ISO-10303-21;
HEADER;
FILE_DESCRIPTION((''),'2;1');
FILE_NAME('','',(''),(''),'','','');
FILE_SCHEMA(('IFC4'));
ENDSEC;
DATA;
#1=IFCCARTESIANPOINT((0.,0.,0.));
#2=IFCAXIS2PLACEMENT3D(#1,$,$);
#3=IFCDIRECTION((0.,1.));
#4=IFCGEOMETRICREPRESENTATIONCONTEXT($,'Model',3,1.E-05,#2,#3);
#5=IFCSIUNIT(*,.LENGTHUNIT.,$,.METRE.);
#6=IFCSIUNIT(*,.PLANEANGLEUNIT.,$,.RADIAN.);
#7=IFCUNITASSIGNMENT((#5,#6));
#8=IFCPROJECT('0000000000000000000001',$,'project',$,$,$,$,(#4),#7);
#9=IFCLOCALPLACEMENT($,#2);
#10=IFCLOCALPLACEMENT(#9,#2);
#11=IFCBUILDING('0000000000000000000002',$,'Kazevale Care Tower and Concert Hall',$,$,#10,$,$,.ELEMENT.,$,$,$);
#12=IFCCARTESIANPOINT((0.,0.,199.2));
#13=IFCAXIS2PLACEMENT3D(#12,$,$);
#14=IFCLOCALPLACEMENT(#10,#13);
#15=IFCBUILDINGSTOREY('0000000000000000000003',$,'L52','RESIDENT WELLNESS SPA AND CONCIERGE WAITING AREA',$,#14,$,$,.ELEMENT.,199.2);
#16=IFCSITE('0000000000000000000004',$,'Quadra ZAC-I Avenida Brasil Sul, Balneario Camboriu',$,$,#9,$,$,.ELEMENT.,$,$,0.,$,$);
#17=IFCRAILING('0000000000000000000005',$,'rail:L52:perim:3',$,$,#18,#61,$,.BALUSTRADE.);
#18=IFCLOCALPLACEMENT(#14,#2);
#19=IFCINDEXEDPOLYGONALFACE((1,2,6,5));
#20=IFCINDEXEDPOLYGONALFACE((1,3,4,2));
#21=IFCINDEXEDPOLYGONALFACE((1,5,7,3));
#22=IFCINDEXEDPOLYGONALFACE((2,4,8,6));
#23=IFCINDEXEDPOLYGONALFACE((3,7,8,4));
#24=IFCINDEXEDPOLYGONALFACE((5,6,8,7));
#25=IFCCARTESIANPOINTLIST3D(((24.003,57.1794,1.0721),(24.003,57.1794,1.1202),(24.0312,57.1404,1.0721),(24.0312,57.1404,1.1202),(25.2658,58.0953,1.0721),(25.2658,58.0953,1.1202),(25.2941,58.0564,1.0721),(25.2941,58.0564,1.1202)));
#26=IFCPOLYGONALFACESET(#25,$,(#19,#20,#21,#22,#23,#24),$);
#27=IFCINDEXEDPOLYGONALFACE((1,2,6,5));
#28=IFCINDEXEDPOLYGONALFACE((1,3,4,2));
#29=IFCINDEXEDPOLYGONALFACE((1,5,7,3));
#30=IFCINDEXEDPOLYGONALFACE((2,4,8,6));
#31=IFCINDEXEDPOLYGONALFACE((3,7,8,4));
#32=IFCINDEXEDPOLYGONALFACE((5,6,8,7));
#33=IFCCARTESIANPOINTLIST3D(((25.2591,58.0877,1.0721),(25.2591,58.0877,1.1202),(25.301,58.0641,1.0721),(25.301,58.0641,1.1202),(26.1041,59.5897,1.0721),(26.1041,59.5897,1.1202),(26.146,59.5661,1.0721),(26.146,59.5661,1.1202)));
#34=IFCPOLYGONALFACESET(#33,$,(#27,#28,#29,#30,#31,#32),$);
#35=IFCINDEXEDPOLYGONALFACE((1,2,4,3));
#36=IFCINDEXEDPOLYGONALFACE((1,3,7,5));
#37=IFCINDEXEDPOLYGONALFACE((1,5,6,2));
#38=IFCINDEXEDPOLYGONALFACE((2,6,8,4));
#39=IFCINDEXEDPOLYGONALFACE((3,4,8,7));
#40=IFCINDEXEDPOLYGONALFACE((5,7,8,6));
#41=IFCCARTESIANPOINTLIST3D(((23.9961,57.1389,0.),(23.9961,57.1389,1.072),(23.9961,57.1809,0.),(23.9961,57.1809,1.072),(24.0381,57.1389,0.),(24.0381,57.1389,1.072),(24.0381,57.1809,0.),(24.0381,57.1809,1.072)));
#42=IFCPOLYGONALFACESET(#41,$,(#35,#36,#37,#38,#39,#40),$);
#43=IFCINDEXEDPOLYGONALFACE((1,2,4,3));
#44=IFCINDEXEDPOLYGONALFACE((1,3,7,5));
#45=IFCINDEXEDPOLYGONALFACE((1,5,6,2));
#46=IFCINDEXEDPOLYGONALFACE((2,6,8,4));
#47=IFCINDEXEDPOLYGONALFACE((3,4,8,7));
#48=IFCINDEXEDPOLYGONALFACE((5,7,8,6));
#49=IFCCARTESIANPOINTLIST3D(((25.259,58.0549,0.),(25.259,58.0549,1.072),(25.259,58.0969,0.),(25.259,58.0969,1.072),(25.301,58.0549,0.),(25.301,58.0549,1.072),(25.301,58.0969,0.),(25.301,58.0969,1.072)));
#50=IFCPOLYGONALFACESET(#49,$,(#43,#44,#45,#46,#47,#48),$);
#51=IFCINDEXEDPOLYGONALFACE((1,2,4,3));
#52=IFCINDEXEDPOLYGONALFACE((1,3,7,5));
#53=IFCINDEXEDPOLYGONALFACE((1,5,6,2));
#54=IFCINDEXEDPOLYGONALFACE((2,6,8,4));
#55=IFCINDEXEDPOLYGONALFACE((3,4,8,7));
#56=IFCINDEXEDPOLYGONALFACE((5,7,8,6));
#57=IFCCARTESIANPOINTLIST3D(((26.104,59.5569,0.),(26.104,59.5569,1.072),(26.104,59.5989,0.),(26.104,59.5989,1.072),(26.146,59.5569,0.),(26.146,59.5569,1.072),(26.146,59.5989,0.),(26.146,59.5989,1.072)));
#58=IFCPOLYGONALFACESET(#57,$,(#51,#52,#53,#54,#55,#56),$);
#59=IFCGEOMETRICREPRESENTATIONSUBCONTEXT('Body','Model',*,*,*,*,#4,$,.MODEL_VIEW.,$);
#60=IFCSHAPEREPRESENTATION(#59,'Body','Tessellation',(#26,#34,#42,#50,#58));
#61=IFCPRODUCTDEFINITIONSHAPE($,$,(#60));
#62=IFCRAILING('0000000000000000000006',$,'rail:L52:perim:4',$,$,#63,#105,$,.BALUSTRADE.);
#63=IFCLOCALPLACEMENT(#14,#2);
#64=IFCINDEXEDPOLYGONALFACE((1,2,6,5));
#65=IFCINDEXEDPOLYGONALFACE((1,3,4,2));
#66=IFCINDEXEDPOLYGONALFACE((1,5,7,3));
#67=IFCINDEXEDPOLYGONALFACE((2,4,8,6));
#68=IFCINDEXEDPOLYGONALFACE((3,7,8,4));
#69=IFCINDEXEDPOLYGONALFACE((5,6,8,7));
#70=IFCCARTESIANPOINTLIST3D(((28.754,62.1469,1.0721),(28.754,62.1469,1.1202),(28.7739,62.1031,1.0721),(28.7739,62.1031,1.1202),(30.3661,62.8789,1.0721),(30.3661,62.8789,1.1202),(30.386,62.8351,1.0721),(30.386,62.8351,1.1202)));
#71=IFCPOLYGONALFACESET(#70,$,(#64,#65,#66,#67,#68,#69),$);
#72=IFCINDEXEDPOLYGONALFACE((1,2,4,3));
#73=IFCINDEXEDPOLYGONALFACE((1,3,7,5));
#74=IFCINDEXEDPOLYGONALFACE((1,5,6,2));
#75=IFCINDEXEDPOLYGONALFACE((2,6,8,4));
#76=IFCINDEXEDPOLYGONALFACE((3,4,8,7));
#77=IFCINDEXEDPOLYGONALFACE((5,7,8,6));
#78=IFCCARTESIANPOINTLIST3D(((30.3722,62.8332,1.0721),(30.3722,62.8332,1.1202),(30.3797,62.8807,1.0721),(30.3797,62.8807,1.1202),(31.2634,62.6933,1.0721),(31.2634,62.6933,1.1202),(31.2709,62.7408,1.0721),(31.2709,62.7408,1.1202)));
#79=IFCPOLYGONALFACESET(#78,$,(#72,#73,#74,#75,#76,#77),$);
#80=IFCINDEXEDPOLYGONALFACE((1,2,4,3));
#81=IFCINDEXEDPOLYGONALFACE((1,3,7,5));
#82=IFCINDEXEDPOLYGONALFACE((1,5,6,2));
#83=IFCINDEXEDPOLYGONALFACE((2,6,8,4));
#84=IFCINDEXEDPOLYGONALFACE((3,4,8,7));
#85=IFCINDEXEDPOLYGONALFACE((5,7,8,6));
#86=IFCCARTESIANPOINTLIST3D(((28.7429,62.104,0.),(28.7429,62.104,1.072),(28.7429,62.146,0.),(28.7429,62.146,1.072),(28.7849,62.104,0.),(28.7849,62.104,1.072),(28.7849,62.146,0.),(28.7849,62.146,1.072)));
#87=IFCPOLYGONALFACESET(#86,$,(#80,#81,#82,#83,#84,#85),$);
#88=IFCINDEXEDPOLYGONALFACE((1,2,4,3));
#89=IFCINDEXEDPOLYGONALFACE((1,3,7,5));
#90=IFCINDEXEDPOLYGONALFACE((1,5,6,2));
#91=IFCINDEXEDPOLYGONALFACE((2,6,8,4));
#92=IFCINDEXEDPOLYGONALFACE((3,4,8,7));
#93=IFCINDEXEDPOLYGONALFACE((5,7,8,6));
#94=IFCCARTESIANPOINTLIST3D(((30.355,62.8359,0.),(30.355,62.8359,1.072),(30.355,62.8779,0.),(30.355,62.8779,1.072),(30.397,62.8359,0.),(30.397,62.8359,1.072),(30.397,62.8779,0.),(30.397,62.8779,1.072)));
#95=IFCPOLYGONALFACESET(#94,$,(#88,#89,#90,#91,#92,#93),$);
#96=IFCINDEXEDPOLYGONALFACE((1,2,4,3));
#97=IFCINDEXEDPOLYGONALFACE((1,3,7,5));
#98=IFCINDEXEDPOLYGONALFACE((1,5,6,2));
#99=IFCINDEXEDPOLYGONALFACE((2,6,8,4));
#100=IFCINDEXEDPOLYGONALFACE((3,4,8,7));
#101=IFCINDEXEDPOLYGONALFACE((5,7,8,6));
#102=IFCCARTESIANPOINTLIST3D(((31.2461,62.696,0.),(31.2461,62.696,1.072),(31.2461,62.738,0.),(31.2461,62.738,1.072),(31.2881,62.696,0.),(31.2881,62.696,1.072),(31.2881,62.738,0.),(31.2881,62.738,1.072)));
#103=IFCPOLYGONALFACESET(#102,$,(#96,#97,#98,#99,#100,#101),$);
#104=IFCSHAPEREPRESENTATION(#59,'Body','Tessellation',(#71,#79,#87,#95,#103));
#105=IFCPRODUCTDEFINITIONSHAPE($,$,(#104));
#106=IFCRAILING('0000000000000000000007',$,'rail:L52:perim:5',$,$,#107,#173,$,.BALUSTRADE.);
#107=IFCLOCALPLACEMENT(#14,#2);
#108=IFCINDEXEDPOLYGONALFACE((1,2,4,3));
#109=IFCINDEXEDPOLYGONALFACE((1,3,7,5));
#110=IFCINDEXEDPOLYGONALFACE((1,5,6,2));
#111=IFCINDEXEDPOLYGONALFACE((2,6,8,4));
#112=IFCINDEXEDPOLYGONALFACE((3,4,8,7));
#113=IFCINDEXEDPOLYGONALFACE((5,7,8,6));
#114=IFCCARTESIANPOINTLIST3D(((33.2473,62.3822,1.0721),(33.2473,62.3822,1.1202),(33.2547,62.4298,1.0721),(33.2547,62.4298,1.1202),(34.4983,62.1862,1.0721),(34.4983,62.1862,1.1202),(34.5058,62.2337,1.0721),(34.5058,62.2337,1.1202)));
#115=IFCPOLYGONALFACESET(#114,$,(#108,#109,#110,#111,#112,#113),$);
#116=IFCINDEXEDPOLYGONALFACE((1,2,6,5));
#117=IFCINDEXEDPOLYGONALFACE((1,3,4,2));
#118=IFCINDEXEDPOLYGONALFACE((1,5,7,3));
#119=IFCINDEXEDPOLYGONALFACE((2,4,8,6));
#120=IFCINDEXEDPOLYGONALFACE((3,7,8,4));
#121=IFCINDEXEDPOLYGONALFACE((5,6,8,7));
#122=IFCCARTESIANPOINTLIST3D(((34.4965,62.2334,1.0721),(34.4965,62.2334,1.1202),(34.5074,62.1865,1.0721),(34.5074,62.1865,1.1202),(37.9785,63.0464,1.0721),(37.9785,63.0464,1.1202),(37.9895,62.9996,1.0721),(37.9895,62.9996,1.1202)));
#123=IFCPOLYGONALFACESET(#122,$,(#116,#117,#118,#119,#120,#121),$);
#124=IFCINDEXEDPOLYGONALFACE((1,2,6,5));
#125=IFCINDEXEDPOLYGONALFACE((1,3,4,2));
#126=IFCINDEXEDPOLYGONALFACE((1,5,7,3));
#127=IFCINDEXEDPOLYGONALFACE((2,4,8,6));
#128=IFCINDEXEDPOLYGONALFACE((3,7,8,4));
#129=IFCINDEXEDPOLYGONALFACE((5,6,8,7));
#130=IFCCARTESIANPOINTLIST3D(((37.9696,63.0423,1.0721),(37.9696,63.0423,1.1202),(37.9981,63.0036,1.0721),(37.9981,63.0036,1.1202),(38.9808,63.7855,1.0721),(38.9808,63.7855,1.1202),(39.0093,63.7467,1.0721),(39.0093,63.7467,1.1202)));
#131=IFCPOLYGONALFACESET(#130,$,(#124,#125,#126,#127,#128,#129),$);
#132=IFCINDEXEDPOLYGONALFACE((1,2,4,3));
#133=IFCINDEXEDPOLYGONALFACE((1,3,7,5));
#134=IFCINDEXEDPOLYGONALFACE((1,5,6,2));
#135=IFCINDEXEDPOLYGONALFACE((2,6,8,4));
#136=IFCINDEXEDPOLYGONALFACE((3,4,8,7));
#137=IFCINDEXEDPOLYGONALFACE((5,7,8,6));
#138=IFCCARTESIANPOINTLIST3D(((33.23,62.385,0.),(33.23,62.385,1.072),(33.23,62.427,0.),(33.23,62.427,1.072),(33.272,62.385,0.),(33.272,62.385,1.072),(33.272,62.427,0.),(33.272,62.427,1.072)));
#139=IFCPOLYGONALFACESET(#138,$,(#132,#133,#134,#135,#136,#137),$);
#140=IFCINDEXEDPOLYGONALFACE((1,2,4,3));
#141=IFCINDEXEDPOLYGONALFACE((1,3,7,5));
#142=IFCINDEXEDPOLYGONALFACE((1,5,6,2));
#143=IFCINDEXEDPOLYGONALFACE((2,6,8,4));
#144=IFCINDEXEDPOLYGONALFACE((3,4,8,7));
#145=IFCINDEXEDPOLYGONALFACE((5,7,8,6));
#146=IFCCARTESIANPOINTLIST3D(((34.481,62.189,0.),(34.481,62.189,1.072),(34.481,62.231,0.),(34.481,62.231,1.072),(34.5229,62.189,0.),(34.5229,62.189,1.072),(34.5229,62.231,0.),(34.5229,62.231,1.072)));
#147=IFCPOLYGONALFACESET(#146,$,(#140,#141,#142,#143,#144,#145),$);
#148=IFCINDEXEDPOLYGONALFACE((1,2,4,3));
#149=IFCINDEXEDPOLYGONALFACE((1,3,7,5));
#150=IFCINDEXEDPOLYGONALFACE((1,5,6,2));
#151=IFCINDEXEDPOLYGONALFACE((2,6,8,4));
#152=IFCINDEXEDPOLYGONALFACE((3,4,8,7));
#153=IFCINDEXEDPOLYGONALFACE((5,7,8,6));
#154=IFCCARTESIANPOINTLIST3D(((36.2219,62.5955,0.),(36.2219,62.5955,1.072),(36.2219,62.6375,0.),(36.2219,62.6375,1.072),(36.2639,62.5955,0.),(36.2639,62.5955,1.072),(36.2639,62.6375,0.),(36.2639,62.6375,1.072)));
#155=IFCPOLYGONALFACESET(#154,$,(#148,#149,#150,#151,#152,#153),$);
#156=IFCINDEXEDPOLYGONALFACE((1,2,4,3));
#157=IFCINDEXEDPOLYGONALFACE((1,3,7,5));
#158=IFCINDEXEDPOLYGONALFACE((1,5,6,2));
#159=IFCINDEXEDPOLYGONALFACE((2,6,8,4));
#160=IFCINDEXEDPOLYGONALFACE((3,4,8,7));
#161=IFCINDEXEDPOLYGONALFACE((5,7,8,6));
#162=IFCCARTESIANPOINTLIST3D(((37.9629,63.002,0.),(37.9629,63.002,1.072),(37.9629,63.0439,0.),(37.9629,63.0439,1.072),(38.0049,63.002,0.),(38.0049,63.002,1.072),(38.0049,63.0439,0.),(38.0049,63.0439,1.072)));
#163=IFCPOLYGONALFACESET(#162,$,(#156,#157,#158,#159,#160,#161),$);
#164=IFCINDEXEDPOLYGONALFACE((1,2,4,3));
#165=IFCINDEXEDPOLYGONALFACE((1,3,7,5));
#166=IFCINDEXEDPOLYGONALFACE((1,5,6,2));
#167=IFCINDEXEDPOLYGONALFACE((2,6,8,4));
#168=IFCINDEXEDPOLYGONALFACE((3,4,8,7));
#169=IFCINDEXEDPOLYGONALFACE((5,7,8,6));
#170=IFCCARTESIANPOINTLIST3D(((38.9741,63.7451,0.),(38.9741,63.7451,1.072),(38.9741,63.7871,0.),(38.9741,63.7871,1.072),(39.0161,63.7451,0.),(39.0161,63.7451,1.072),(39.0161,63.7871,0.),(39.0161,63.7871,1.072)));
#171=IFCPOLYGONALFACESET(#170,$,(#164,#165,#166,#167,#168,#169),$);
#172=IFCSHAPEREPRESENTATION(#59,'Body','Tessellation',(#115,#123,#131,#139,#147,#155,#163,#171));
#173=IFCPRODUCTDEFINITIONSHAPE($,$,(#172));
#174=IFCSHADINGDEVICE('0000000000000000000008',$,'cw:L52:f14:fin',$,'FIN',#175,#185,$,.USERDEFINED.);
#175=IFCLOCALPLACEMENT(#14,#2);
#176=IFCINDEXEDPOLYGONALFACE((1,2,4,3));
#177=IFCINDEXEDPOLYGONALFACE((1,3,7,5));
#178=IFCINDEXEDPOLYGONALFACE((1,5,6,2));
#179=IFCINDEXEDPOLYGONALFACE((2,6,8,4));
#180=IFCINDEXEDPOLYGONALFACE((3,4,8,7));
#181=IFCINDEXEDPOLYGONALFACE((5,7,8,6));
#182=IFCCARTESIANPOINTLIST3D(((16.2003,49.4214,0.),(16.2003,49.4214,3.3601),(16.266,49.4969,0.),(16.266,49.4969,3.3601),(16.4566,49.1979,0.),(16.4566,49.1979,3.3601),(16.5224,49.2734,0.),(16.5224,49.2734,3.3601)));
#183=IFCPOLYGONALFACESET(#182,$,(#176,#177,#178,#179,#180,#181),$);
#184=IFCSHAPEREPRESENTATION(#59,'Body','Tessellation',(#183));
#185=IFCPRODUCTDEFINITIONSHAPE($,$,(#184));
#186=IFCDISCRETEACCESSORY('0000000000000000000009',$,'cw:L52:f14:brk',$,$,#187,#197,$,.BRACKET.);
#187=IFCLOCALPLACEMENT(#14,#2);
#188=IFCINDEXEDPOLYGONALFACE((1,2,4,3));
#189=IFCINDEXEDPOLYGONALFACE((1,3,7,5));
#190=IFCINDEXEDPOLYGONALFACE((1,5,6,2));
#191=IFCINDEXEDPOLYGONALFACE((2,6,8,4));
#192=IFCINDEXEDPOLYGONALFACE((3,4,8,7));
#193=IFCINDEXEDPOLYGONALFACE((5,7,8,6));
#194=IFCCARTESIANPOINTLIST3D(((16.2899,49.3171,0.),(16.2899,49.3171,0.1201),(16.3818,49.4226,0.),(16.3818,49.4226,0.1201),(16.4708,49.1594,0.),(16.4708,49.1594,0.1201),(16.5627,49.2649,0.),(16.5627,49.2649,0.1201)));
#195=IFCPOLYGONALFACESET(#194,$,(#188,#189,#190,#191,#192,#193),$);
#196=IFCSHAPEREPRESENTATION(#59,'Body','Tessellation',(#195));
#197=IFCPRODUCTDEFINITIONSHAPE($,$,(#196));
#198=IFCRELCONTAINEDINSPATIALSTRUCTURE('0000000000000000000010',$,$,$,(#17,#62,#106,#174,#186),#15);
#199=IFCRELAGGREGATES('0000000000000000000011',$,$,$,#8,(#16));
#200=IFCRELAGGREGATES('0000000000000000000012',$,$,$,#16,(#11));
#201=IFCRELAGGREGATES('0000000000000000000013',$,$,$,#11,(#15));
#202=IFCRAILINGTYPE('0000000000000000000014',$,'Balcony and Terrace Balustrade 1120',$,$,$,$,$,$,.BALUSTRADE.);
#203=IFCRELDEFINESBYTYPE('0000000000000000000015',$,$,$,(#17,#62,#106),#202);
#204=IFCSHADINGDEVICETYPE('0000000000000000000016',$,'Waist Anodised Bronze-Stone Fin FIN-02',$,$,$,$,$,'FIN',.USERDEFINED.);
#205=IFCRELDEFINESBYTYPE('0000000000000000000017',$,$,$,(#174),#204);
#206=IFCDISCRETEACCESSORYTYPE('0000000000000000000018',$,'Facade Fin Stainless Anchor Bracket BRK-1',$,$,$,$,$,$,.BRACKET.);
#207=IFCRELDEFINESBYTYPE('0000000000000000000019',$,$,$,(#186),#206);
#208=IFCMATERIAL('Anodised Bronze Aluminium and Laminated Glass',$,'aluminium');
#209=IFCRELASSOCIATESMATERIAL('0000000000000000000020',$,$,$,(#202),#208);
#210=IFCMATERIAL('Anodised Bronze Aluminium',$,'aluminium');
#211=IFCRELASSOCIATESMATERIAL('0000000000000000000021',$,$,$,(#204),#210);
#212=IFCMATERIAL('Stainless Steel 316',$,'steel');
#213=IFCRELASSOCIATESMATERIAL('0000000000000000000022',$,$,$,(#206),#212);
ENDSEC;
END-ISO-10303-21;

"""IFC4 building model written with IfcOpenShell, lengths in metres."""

from ifc_helpers import new_model, si_unit, direction, frame, origin, origin_2d, place, context, subcontext, project, spatial, rectangle, extrude, material, type_object, element, save


model = new_model("IFC4")

# Units and contexts
model_context = context("Model", 3, precision=1e-05, world=origin(), true_north=direction((0.0, 1.0)))
body_context = subcontext(model_context, "Body", "Model", "MODEL_VIEW")
ifc_project = project(units=[si_unit("LENGTHUNIT", "METRE"), si_unit("PLANEANGLEUNIT", "RADIAN")], contexts=[model_context])

# Site, building, storey
site_placement = place(None, origin())
site = spatial("IfcSite", under=ifc_project, at=site_placement, Name="Quadra ZAC-I Avenida Brasil Sul, Balneario Camboriu", CompositionType="ELEMENT", RefElevation=0.0)
building_placement = place(site_placement, origin())
building = spatial("IfcBuilding", under=site, at=building_placement, Name="Kazevale Care Tower and Concert Hall", CompositionType="ELEMENT")
storey_placement = place(building_placement, frame((0.0, 0.0, 199.2)))
storey = spatial("IfcBuildingStorey", under=building, at=storey_placement, Name="L52", Description="RESIDENT WELLNESS SPA AND CONCIERGE WAITING AREA", CompositionType="ELEMENT", Elevation=199.2)

# Railings
ifc_material_1 = material(Name="Anodised Bronze Aluminium and Laminated Glass", Category="aluminium")
railing_type = type_object("IfcRailingType", Name="Balcony and Terrace Balustrade 1120", PredefinedType="BALUSTRADE", material=ifc_material_1)
railing_1_placement = place(storey_placement, frame((24.0171, 57.1599, 0.0)))
element("IfcRailing", 1, at=railing_1_placement, inside=storey, type_object=railing_type, Name="rail:L52:perim:3", PredefinedType="BALUSTRADE", context=body_context, shape_type="SweptSolid", body=[
    extrude(rectangle(XDim=0.0481, YDim=0.0481, at=origin_2d()), frame((0.0, 0.0, 1.0962), z_axis=(0.809493, 0.587129, 0.0), x_axis=(-0.587129, 0.809493, 0.0)), (0.0, 0.0, 1.0), 1.5601),
    extrude(rectangle(XDim=0.0481, YDim=0.0481, at=origin_2d()), frame((1.2629, 0.916, 1.0962), z_axis=(0.490315, 0.871545, 0.0), x_axis=(-0.871545, 0.490315, 0.0)), (0.0, 0.0, 1.0), 1.7234),
    extrude(rectangle(XDim=0.042, YDim=0.042, at=origin_2d()), origin(), (0.0, 0.0, 1.0), 1.072),
    extrude(rectangle(XDim=0.042, YDim=0.042, at=origin_2d()), frame((1.2629, 0.916, 0.0)), (0.0, 0.0, 1.0), 1.072),
    extrude(rectangle(XDim=0.042, YDim=0.042, at=origin_2d()), frame((2.1079, 2.418, 0.0)), (0.0, 0.0, 1.0), 1.072),
])
railing_2_placement = place(storey_placement, frame((28.7639, 62.125, 0.0)))
element("IfcRailing", 2, at=railing_2_placement, inside=storey, type_object=railing_type, Name="rail:L52:perim:4", PredefinedType="BALUSTRADE", context=body_context, shape_type="SweptSolid", body=[
    extrude(rectangle(XDim=0.0481, YDim=0.0481, at=origin_2d()), frame((0.0, 0.0, 1.0962), z_axis=(0.910541, 0.413418, 0.0), x_axis=(-0.413418, 0.910541, 0.0)), (0.0, 0.0, 1.0), 1.7705),
    extrude(rectangle(XDim=0.0481, YDim=0.0481, at=origin_2d()), frame((1.6121, 0.7319, 1.0962), z_axis=(0.987901, -0.155087, 0.0), x_axis=(0.155087, 0.987901, 0.0)), (0.0, 0.0, 1.0), 0.9021),
    extrude(rectangle(XDim=0.042, YDim=0.042, at=origin_2d()), origin(), (0.0, 0.0, 1.0), 1.072),
    extrude(rectangle(XDim=0.042, YDim=0.042, at=origin_2d()), frame((1.6121, 0.7319, 0.0)), (0.0, 0.0, 1.0), 1.072),
    extrude(rectangle(XDim=0.042, YDim=0.042, at=origin_2d()), frame((2.5032, 0.592, 0.0)), (0.0, 0.0, 1.0), 1.072),
])
railing_3_placement = place(storey_placement, frame((33.251, 62.406, 0.0)))
element("IfcRailing", 3, at=railing_3_placement, inside=storey, type_object=railing_type, Name="rail:L52:perim:5", PredefinedType="BALUSTRADE", context=body_context, shape_type="SweptSolid", body=[
    extrude(rectangle(XDim=0.0481, YDim=0.0481, at=origin_2d()), frame((0.0, 0.0, 1.0962), z_axis=(0.987942, -0.154824, 0.0), x_axis=(0.154824, 0.987942, 0.0)), (0.0, 0.0, 1.0), 1.2664),
    extrude(rectangle(XDim=0.0481, YDim=0.0481, at=origin_2d()), frame((1.251, -0.196, 1.0962), z_axis=(0.973808, 0.227372, 0.0), x_axis=(-0.227372, 0.973808, 0.0)), (0.0, 0.0, 1.0), 3.5757),
    extrude(rectangle(XDim=0.0481, YDim=0.0481, at=origin_2d()), frame((4.7329, 0.6169, 1.0962), z_axis=(0.805798, 0.59219, 0.0), x_axis=(-0.59219, 0.805798, 0.0)), (0.0, 0.0, 1.0), 1.2549),
    extrude(rectangle(XDim=0.042, YDim=0.042, at=origin_2d()), origin(), (0.0, 0.0, 1.0), 1.072),
    extrude(rectangle(XDim=0.042, YDim=0.042, at=origin_2d()), frame((1.251, -0.196, 0.0)), (0.0, 0.0, 1.0), 1.072),
    extrude(rectangle(XDim=0.042, YDim=0.042, at=origin_2d()), frame((2.9919, 0.2104, 0.0)), (0.0, 0.0, 1.0), 1.072),
    extrude(rectangle(XDim=0.042, YDim=0.042, at=origin_2d()), frame((4.7329, 0.6169, 0.0)), (0.0, 0.0, 1.0), 1.072),
    extrude(rectangle(XDim=0.042, YDim=0.042, at=origin_2d()), frame((5.7441, 1.3601, 0.0)), (0.0, 0.0, 1.0), 1.072),
])

# Shading device
ifc_material_2 = material(Name="Anodised Bronze Aluminium", Category="aluminium")
shading_device_type = type_object("IfcShadingDeviceType", Name="Waist Anodised Bronze-Stone Fin FIN-02", ElementType="FIN", PredefinedType="USERDEFINED", material=ifc_material_2)
shading_device_placement = place(storey_placement, frame((16.3613, 49.3474, 0.0), z_axis=(0.0, 0.0, 1.0), x_axis=(-0.753793, 0.657112, 0.0)))
element("IfcShadingDevice", 4, at=shading_device_placement, inside=storey, type_object=shading_device_type, Name="cw:L52:f14:fin", ObjectType="FIN", PredefinedType="USERDEFINED", context=body_context, shape_type="SweptSolid", body=[
    extrude(rectangle(XDim=0.3401, YDim=0.1001, at=origin_2d()), origin(), (0.0, 0.0, 1.0), 3.3601),
])

# Discrete accessory
ifc_material_3 = material(Name="Stainless Steel 316", Category="steel")
discrete_accessory_type = type_object("IfcDiscreteAccessoryType", Name="Facade Fin Stainless Anchor Bracket BRK-1", PredefinedType="BRACKET", material=ifc_material_3)
discrete_accessory_placement = place(storey_placement, frame((16.4263, 49.291, 0.0), z_axis=(0.0, 0.0, 1.0), x_axis=(-0.753793, 0.657112, 0.0)))
element("IfcDiscreteAccessory", 5, at=discrete_accessory_placement, inside=storey, type_object=discrete_accessory_type, Name="cw:L52:f14:brk", PredefinedType="BRACKET", context=body_context, shape_type="SweptSolid", body=[
    extrude(rectangle(XDim=0.24, YDim=0.1399, at=origin_2d()), origin(), (0.0, 0.0, 1.0), 0.1201),
])

save(model, "model.ifc")
